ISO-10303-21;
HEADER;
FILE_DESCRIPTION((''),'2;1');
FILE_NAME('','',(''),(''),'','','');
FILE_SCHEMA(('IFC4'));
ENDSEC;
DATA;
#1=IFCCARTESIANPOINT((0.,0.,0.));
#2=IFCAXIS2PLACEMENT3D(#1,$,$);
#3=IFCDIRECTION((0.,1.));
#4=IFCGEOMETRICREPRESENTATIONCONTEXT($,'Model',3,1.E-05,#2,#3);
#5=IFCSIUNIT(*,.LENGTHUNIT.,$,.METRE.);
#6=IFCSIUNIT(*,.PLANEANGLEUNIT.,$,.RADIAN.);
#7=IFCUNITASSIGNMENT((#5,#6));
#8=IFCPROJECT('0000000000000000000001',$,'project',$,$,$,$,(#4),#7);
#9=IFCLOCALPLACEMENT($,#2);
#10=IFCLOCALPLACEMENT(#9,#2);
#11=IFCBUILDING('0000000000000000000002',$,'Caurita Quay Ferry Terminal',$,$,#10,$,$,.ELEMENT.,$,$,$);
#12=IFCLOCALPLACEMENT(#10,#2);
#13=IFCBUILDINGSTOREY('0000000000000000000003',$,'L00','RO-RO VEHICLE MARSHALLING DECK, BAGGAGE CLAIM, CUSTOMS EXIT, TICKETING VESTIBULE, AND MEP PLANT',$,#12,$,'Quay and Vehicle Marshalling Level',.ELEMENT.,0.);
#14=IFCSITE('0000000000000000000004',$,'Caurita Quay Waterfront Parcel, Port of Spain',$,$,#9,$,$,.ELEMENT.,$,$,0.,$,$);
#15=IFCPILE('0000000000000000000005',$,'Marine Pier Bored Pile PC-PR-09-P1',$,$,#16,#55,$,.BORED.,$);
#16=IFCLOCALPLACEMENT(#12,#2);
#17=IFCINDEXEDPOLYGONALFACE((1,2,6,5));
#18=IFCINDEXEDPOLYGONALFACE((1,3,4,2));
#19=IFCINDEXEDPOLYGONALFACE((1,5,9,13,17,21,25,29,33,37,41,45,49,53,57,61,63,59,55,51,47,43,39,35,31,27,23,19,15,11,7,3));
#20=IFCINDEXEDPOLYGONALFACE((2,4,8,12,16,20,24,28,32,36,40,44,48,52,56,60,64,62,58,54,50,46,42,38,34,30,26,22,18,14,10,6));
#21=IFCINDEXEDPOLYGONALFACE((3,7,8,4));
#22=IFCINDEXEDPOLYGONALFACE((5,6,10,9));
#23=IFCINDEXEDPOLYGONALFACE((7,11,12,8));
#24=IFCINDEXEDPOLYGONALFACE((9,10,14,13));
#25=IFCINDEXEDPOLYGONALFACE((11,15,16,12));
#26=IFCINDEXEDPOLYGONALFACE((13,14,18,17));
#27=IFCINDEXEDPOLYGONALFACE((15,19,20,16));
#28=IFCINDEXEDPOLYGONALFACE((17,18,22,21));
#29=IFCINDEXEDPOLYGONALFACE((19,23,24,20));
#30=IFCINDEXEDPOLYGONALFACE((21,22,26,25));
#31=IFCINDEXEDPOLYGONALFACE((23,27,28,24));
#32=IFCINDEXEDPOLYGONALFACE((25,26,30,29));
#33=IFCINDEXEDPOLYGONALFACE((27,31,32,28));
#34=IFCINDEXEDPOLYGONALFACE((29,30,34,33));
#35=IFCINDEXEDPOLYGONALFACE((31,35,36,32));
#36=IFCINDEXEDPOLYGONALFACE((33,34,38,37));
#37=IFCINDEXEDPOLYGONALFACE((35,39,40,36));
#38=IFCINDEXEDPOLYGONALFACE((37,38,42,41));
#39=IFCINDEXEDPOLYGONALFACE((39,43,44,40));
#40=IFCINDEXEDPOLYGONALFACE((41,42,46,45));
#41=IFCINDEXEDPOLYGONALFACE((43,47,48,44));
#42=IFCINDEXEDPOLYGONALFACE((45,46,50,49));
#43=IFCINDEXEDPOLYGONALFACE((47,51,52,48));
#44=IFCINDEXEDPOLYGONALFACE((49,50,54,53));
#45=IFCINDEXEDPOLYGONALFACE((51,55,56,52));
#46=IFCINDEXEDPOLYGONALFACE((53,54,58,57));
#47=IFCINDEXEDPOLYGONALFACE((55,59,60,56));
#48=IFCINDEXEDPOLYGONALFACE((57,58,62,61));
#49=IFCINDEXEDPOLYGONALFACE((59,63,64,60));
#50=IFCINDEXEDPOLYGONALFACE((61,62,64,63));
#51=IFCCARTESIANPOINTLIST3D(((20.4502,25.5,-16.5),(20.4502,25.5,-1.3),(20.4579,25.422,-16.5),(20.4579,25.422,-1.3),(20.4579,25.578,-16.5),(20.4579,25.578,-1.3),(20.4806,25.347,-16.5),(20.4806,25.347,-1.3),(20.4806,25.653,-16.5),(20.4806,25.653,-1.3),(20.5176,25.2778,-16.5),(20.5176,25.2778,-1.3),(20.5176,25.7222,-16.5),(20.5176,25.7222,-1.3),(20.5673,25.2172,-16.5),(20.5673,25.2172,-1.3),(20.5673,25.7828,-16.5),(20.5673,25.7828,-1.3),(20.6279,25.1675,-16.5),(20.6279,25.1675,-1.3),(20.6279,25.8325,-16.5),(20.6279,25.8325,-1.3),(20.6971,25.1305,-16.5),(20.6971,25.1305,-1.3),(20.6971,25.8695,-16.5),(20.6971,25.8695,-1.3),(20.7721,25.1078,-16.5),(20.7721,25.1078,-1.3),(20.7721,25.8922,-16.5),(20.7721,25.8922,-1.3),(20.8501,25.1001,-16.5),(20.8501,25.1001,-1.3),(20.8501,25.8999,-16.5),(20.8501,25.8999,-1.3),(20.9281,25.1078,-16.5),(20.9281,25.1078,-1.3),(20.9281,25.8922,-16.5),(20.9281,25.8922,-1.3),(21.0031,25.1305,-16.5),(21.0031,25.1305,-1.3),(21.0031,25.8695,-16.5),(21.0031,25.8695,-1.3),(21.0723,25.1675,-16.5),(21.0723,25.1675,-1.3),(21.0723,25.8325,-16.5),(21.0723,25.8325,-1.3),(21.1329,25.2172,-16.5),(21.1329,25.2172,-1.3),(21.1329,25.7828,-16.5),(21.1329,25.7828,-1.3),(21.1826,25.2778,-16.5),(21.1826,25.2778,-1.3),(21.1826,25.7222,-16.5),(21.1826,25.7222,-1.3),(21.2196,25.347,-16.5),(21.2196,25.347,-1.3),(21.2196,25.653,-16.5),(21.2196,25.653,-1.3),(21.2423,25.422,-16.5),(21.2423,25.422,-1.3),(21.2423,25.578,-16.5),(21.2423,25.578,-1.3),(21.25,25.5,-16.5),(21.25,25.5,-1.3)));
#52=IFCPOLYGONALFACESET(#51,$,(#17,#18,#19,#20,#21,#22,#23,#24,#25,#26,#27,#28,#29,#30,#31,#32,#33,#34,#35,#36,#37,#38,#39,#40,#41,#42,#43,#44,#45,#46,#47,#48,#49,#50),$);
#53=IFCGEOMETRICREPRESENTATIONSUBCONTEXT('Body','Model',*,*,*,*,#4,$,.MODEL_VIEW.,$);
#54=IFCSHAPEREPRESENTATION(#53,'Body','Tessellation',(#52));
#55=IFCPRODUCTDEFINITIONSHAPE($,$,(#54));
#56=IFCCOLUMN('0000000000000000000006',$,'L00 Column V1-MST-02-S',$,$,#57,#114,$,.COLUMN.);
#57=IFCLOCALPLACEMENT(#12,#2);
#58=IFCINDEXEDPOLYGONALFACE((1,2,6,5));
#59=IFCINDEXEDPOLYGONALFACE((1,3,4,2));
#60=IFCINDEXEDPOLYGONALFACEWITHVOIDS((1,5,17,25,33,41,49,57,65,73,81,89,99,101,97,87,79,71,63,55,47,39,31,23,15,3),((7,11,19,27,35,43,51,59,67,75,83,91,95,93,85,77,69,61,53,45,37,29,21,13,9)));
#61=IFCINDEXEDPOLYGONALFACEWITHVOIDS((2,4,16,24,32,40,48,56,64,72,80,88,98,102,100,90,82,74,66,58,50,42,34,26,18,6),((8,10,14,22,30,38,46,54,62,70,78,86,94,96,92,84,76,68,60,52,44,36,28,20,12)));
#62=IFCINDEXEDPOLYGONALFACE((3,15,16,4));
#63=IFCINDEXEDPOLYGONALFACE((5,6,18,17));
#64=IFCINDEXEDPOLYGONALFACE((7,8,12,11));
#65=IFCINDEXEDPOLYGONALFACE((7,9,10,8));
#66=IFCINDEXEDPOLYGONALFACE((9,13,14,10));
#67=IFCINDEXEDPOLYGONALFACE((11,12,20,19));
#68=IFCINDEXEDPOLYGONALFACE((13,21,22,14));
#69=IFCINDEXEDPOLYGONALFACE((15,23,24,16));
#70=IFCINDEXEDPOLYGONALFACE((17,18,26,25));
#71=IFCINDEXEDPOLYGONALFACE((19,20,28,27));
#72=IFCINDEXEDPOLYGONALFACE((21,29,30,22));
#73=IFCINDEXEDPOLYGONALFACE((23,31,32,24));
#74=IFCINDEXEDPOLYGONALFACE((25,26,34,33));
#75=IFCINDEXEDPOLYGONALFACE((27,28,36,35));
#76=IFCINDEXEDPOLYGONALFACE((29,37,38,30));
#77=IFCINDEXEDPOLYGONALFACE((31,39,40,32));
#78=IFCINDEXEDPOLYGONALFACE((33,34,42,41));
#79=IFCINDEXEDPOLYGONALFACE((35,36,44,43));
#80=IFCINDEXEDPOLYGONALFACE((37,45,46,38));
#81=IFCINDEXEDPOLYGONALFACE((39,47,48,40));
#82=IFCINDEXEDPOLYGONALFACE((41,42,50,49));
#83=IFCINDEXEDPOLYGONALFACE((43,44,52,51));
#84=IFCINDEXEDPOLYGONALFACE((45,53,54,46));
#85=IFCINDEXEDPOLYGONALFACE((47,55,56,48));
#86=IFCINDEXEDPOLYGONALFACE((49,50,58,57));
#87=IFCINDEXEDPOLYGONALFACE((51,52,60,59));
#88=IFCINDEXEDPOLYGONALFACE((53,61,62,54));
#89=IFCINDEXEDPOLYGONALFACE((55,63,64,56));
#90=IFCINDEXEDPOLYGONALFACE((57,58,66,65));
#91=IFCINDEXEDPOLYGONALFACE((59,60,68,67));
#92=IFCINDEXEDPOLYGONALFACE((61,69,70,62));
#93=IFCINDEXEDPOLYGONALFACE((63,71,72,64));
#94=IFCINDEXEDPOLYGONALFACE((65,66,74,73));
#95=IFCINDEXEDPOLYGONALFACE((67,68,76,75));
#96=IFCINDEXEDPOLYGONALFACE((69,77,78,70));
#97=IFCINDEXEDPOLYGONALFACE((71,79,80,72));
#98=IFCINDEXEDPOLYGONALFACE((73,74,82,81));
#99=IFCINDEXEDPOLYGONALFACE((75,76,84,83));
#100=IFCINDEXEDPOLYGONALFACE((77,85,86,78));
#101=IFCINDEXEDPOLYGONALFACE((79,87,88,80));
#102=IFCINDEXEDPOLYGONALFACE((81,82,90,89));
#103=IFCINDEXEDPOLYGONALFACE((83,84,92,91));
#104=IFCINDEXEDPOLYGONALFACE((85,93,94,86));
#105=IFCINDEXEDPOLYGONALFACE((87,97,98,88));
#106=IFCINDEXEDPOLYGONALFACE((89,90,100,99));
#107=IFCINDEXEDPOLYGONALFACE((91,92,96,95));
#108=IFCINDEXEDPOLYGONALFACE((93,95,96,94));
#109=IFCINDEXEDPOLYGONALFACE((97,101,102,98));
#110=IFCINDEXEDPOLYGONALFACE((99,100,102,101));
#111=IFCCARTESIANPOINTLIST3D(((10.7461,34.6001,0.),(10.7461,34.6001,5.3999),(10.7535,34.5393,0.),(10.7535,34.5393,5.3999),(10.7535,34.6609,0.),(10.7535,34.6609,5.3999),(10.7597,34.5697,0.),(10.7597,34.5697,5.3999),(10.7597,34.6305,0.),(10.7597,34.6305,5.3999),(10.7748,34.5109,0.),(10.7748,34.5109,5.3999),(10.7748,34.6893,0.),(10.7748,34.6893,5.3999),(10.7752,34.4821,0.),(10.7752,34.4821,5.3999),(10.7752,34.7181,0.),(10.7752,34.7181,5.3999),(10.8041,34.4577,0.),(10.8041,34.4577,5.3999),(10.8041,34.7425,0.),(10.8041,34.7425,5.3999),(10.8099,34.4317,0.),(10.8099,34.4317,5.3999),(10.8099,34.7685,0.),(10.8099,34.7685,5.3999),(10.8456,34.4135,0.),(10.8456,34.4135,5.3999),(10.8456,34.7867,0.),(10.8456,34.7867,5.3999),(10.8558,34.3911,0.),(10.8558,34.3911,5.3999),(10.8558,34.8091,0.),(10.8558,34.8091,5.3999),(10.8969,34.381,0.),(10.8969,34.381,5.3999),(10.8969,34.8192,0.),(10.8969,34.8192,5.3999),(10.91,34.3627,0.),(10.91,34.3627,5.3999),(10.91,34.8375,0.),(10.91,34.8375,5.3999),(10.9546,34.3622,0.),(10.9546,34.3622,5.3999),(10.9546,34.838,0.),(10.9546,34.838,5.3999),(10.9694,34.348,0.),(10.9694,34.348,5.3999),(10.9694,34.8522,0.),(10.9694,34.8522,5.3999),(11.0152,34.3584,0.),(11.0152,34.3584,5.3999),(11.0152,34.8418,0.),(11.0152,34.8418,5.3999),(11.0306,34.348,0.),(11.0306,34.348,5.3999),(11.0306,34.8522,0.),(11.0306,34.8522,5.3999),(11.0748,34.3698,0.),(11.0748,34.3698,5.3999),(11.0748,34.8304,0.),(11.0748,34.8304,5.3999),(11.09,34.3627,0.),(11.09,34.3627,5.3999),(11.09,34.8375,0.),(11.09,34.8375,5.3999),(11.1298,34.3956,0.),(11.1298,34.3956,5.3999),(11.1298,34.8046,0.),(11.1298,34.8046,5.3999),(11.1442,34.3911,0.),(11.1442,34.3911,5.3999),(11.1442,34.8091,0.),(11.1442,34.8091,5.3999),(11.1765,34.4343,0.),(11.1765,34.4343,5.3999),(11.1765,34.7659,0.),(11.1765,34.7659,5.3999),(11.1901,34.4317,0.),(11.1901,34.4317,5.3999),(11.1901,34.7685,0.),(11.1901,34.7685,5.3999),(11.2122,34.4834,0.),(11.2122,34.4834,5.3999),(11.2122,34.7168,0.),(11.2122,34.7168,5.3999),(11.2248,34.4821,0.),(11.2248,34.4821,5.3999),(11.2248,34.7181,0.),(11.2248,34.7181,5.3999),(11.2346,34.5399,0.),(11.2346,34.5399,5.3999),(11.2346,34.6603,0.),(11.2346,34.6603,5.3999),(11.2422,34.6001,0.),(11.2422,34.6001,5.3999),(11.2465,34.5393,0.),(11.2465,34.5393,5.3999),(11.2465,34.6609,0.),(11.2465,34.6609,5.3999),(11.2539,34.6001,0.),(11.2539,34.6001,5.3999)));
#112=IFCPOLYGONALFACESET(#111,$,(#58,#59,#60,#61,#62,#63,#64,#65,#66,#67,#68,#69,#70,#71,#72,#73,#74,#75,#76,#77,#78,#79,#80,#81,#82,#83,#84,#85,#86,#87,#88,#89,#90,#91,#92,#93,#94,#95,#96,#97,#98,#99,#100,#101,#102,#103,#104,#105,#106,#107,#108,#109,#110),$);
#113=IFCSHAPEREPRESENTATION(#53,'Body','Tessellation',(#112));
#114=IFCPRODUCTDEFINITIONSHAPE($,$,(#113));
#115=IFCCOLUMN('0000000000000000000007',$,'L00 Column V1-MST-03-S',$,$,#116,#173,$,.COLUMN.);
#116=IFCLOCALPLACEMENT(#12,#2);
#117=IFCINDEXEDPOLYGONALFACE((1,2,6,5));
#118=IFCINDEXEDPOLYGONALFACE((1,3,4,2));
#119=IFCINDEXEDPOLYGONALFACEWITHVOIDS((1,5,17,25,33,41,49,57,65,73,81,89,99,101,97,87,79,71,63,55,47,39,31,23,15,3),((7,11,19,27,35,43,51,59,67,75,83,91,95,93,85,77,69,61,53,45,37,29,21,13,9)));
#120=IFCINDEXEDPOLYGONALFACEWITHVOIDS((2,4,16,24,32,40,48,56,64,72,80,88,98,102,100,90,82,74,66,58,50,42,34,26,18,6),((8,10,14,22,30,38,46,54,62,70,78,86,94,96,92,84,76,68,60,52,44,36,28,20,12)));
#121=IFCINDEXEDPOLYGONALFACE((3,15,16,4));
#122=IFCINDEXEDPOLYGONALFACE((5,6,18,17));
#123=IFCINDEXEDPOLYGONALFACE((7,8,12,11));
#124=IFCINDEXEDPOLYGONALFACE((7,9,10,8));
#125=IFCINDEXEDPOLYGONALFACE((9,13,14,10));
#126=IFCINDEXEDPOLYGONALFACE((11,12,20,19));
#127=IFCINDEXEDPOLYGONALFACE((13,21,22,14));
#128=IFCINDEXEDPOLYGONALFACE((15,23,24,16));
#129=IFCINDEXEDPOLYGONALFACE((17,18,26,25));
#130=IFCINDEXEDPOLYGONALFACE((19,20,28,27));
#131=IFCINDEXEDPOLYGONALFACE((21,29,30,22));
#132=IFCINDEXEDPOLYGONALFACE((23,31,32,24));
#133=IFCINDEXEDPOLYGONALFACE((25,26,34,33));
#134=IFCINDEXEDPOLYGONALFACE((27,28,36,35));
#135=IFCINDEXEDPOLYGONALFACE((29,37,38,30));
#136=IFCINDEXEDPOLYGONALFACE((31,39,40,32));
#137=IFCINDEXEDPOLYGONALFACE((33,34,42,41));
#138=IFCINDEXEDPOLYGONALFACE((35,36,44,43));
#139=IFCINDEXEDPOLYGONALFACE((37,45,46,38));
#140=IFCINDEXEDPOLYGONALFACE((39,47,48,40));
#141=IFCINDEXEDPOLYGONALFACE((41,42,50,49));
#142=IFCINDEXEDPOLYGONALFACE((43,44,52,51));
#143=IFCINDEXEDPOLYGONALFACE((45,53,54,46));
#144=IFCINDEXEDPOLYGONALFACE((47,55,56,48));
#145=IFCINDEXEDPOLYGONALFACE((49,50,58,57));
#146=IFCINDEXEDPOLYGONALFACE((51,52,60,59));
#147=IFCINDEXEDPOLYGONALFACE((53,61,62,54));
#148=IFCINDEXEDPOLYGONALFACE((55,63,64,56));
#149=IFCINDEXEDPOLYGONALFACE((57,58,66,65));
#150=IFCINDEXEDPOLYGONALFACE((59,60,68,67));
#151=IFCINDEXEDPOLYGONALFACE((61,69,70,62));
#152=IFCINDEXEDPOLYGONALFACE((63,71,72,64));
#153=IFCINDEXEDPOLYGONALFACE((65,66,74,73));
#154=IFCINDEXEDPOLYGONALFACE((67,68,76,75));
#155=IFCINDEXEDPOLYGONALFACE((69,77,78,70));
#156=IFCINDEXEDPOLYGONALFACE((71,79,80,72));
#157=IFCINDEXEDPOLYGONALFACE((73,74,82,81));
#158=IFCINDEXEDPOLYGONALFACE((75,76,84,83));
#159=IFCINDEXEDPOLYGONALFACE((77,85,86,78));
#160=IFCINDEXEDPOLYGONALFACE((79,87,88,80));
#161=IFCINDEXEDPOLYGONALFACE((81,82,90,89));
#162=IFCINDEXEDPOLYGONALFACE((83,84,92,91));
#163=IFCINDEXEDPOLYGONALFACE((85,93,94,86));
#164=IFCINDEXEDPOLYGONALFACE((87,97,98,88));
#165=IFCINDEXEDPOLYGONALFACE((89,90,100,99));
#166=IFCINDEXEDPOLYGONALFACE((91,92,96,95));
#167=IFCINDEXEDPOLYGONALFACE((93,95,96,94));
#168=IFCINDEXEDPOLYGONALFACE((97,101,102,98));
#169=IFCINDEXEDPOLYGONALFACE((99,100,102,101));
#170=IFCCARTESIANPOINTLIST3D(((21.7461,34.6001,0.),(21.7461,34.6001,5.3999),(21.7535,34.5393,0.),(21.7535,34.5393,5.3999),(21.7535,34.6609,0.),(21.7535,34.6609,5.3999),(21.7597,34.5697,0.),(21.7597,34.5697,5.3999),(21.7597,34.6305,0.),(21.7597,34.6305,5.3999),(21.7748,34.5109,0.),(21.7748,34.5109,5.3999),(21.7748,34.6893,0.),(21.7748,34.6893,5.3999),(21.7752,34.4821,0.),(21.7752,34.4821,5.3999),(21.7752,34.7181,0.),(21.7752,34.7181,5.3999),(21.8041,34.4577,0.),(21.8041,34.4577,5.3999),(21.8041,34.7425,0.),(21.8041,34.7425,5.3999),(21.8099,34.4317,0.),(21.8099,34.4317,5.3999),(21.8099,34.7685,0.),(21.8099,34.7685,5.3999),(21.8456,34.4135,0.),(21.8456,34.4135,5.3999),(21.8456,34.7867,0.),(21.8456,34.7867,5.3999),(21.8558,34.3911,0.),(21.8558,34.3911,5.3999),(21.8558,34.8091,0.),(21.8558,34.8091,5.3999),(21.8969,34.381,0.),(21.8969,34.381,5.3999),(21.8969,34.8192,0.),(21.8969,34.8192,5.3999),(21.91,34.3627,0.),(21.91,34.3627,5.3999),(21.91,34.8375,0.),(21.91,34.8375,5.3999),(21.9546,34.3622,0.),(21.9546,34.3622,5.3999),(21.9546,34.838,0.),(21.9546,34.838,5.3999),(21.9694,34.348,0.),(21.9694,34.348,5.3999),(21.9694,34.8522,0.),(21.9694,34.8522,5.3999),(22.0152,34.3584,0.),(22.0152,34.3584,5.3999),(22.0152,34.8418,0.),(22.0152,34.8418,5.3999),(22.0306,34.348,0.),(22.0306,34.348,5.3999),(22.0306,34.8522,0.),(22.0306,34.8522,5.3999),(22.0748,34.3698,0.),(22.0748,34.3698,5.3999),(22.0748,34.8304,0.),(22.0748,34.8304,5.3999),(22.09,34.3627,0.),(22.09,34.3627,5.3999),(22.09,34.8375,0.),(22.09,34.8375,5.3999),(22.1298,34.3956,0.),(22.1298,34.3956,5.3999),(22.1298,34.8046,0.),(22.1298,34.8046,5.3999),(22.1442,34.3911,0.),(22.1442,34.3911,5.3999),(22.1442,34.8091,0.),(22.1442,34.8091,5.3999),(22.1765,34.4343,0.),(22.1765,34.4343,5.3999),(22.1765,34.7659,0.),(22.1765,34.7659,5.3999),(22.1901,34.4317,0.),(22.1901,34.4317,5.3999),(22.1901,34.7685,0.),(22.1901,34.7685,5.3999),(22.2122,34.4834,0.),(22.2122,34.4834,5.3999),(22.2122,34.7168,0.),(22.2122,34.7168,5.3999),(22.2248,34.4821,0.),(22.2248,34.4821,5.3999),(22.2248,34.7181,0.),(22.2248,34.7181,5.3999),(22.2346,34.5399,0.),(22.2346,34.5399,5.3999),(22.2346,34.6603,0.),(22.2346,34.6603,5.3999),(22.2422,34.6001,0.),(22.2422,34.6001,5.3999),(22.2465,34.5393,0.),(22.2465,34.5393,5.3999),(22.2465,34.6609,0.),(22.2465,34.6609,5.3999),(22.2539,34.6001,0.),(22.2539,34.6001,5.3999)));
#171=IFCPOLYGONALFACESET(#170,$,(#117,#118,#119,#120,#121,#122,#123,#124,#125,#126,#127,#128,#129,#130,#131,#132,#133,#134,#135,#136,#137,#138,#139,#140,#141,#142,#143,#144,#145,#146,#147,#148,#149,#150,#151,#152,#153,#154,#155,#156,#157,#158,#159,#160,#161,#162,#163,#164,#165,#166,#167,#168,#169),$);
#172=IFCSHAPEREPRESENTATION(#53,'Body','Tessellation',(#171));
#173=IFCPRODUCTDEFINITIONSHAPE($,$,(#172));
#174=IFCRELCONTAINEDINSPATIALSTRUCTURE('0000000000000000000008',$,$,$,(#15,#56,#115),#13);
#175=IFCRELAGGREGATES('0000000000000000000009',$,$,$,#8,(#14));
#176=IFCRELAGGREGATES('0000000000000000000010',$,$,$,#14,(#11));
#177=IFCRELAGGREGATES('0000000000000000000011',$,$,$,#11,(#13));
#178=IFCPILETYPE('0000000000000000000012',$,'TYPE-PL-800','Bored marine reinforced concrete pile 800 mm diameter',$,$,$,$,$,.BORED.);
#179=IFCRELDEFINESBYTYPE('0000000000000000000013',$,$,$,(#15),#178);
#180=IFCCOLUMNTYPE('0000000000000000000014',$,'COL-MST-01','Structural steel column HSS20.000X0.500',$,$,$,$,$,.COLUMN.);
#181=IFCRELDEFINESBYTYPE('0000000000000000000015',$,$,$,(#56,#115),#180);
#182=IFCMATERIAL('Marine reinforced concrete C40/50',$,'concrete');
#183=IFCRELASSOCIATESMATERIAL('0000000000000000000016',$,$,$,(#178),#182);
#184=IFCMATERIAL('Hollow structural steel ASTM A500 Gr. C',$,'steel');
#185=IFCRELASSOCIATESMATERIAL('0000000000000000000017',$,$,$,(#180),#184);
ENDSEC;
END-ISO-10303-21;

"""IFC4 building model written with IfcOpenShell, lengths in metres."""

from ifc_helpers import new_model, si_unit, direction, frame, origin, origin_2d, place, context, subcontext, project, spatial, circle, hollow_circle, extrude, material, material_profile, profile_set, type_object, element, save


model = new_model("IFC4")

# Units and contexts
model_context = context("Model", 3, precision=1e-05, world=origin(), true_north=direction((0.0, 1.0)))
body_context = subcontext(model_context, "Body", "Model", "MODEL_VIEW")
ifc_project = project(units=[si_unit("LENGTHUNIT", "METRE"), si_unit("PLANEANGLEUNIT", "RADIAN")], contexts=[model_context])

# Site, building, storey
site_placement = place(None, origin())
site = spatial("IfcSite", under=ifc_project, at=site_placement, Name="Caurita Quay Waterfront Parcel, Port of Spain", CompositionType="ELEMENT", RefElevation=0.0)
building_placement = place(site_placement, origin())
building = spatial("IfcBuilding", under=site, at=building_placement, Name="Caurita Quay Ferry Terminal", CompositionType="ELEMENT")
storey_placement = place(building_placement, origin())
storey = spatial("IfcBuildingStorey", under=building, at=storey_placement, Name="L00", Description="RO-RO VEHICLE MARSHALLING DECK, BAGGAGE CLAIM, CUSTOMS EXIT, TICKETING VESTIBULE, AND MEP PLANT", LongName="Quay and Vehicle Marshalling Level", CompositionType="ELEMENT", Elevation=0.0)

# Pile
ifc_material_1 = material(Name="Marine reinforced concrete C40/50", Category="concrete")
ifc_material_profile_1 = material_profile(ifc_material_1, circle(Radius=0.3999, at=origin_2d()), Name="PILE-D800")
ifc_profile_set_1 = profile_set([ifc_material_profile_1], Name="Marine reinforced concrete C40/50")
pile_type_1 = type_object("IfcPileType", Name="TYPE-PL-800", Description="Bored marine reinforced concrete pile 800 mm diameter", PredefinedType="BORED", material=ifc_profile_set_1)
for number, where, z_axis, x_axis, name in (
    (1, (20.8501, 25.5, -1.3), (0.0, 0.0, -1.0), (1.0, 0.0, 0.0), "Marine Pier Bored Pile PC-PR-09-P1"),
):
    element("IfcPile", number, at=place(storey_placement, frame(where, z_axis=z_axis, x_axis=x_axis)), inside=storey, type_object=pile_type_1, Name=name, PredefinedType="BORED", context=body_context, shape_type="SweptSolid", body=[
        extrude(circle(Radius=0.3999, at=origin_2d()), origin(), (0.0, 0.0, 1.0), 15.2),
    ])

# Columns
ifc_material_2 = material(Name="Hollow structural steel ASTM A500 Gr. C", Category="steel")
ifc_material_profile_2 = material_profile(ifc_material_2, hollow_circle(Radius=0.2539, WallThickness=0.0117, at=origin_2d()), Name="HSS20.000X0.500")
ifc_profile_set_2 = profile_set([ifc_material_profile_2], Name="Hollow structural steel ASTM A500 Gr. C")
column_type = type_object("IfcColumnType", Name="COL-MST-01", Description="Structural steel column HSS20.000X0.500", PredefinedType="COLUMN", material=ifc_profile_set_2)
for number, where, z_axis, x_axis, name in (
    (2, (11.0, 34.6001, 0.0), (0.0, 0.0, 1.0), (1.0, 0.0, 0.0), "L00 Column V1-MST-02-S"),
    (3, (22.0, 34.6001, 0.0), (0.0, 0.0, 1.0), (1.0, 0.0, 0.0), "L00 Column V1-MST-03-S"),
):
    element("IfcColumn", number, at=place(storey_placement, frame(where, z_axis=z_axis, x_axis=x_axis)), inside=storey, type_object=column_type, Name=name, PredefinedType="COLUMN", context=body_context, shape_type="SweptSolid", body=[
        extrude(hollow_circle(Radius=0.2539, WallThickness=0.0117, at=origin_2d()), origin(), (0.0, 0.0, 1.0), 5.3999),
    ])

save(model, "model.ifc")
